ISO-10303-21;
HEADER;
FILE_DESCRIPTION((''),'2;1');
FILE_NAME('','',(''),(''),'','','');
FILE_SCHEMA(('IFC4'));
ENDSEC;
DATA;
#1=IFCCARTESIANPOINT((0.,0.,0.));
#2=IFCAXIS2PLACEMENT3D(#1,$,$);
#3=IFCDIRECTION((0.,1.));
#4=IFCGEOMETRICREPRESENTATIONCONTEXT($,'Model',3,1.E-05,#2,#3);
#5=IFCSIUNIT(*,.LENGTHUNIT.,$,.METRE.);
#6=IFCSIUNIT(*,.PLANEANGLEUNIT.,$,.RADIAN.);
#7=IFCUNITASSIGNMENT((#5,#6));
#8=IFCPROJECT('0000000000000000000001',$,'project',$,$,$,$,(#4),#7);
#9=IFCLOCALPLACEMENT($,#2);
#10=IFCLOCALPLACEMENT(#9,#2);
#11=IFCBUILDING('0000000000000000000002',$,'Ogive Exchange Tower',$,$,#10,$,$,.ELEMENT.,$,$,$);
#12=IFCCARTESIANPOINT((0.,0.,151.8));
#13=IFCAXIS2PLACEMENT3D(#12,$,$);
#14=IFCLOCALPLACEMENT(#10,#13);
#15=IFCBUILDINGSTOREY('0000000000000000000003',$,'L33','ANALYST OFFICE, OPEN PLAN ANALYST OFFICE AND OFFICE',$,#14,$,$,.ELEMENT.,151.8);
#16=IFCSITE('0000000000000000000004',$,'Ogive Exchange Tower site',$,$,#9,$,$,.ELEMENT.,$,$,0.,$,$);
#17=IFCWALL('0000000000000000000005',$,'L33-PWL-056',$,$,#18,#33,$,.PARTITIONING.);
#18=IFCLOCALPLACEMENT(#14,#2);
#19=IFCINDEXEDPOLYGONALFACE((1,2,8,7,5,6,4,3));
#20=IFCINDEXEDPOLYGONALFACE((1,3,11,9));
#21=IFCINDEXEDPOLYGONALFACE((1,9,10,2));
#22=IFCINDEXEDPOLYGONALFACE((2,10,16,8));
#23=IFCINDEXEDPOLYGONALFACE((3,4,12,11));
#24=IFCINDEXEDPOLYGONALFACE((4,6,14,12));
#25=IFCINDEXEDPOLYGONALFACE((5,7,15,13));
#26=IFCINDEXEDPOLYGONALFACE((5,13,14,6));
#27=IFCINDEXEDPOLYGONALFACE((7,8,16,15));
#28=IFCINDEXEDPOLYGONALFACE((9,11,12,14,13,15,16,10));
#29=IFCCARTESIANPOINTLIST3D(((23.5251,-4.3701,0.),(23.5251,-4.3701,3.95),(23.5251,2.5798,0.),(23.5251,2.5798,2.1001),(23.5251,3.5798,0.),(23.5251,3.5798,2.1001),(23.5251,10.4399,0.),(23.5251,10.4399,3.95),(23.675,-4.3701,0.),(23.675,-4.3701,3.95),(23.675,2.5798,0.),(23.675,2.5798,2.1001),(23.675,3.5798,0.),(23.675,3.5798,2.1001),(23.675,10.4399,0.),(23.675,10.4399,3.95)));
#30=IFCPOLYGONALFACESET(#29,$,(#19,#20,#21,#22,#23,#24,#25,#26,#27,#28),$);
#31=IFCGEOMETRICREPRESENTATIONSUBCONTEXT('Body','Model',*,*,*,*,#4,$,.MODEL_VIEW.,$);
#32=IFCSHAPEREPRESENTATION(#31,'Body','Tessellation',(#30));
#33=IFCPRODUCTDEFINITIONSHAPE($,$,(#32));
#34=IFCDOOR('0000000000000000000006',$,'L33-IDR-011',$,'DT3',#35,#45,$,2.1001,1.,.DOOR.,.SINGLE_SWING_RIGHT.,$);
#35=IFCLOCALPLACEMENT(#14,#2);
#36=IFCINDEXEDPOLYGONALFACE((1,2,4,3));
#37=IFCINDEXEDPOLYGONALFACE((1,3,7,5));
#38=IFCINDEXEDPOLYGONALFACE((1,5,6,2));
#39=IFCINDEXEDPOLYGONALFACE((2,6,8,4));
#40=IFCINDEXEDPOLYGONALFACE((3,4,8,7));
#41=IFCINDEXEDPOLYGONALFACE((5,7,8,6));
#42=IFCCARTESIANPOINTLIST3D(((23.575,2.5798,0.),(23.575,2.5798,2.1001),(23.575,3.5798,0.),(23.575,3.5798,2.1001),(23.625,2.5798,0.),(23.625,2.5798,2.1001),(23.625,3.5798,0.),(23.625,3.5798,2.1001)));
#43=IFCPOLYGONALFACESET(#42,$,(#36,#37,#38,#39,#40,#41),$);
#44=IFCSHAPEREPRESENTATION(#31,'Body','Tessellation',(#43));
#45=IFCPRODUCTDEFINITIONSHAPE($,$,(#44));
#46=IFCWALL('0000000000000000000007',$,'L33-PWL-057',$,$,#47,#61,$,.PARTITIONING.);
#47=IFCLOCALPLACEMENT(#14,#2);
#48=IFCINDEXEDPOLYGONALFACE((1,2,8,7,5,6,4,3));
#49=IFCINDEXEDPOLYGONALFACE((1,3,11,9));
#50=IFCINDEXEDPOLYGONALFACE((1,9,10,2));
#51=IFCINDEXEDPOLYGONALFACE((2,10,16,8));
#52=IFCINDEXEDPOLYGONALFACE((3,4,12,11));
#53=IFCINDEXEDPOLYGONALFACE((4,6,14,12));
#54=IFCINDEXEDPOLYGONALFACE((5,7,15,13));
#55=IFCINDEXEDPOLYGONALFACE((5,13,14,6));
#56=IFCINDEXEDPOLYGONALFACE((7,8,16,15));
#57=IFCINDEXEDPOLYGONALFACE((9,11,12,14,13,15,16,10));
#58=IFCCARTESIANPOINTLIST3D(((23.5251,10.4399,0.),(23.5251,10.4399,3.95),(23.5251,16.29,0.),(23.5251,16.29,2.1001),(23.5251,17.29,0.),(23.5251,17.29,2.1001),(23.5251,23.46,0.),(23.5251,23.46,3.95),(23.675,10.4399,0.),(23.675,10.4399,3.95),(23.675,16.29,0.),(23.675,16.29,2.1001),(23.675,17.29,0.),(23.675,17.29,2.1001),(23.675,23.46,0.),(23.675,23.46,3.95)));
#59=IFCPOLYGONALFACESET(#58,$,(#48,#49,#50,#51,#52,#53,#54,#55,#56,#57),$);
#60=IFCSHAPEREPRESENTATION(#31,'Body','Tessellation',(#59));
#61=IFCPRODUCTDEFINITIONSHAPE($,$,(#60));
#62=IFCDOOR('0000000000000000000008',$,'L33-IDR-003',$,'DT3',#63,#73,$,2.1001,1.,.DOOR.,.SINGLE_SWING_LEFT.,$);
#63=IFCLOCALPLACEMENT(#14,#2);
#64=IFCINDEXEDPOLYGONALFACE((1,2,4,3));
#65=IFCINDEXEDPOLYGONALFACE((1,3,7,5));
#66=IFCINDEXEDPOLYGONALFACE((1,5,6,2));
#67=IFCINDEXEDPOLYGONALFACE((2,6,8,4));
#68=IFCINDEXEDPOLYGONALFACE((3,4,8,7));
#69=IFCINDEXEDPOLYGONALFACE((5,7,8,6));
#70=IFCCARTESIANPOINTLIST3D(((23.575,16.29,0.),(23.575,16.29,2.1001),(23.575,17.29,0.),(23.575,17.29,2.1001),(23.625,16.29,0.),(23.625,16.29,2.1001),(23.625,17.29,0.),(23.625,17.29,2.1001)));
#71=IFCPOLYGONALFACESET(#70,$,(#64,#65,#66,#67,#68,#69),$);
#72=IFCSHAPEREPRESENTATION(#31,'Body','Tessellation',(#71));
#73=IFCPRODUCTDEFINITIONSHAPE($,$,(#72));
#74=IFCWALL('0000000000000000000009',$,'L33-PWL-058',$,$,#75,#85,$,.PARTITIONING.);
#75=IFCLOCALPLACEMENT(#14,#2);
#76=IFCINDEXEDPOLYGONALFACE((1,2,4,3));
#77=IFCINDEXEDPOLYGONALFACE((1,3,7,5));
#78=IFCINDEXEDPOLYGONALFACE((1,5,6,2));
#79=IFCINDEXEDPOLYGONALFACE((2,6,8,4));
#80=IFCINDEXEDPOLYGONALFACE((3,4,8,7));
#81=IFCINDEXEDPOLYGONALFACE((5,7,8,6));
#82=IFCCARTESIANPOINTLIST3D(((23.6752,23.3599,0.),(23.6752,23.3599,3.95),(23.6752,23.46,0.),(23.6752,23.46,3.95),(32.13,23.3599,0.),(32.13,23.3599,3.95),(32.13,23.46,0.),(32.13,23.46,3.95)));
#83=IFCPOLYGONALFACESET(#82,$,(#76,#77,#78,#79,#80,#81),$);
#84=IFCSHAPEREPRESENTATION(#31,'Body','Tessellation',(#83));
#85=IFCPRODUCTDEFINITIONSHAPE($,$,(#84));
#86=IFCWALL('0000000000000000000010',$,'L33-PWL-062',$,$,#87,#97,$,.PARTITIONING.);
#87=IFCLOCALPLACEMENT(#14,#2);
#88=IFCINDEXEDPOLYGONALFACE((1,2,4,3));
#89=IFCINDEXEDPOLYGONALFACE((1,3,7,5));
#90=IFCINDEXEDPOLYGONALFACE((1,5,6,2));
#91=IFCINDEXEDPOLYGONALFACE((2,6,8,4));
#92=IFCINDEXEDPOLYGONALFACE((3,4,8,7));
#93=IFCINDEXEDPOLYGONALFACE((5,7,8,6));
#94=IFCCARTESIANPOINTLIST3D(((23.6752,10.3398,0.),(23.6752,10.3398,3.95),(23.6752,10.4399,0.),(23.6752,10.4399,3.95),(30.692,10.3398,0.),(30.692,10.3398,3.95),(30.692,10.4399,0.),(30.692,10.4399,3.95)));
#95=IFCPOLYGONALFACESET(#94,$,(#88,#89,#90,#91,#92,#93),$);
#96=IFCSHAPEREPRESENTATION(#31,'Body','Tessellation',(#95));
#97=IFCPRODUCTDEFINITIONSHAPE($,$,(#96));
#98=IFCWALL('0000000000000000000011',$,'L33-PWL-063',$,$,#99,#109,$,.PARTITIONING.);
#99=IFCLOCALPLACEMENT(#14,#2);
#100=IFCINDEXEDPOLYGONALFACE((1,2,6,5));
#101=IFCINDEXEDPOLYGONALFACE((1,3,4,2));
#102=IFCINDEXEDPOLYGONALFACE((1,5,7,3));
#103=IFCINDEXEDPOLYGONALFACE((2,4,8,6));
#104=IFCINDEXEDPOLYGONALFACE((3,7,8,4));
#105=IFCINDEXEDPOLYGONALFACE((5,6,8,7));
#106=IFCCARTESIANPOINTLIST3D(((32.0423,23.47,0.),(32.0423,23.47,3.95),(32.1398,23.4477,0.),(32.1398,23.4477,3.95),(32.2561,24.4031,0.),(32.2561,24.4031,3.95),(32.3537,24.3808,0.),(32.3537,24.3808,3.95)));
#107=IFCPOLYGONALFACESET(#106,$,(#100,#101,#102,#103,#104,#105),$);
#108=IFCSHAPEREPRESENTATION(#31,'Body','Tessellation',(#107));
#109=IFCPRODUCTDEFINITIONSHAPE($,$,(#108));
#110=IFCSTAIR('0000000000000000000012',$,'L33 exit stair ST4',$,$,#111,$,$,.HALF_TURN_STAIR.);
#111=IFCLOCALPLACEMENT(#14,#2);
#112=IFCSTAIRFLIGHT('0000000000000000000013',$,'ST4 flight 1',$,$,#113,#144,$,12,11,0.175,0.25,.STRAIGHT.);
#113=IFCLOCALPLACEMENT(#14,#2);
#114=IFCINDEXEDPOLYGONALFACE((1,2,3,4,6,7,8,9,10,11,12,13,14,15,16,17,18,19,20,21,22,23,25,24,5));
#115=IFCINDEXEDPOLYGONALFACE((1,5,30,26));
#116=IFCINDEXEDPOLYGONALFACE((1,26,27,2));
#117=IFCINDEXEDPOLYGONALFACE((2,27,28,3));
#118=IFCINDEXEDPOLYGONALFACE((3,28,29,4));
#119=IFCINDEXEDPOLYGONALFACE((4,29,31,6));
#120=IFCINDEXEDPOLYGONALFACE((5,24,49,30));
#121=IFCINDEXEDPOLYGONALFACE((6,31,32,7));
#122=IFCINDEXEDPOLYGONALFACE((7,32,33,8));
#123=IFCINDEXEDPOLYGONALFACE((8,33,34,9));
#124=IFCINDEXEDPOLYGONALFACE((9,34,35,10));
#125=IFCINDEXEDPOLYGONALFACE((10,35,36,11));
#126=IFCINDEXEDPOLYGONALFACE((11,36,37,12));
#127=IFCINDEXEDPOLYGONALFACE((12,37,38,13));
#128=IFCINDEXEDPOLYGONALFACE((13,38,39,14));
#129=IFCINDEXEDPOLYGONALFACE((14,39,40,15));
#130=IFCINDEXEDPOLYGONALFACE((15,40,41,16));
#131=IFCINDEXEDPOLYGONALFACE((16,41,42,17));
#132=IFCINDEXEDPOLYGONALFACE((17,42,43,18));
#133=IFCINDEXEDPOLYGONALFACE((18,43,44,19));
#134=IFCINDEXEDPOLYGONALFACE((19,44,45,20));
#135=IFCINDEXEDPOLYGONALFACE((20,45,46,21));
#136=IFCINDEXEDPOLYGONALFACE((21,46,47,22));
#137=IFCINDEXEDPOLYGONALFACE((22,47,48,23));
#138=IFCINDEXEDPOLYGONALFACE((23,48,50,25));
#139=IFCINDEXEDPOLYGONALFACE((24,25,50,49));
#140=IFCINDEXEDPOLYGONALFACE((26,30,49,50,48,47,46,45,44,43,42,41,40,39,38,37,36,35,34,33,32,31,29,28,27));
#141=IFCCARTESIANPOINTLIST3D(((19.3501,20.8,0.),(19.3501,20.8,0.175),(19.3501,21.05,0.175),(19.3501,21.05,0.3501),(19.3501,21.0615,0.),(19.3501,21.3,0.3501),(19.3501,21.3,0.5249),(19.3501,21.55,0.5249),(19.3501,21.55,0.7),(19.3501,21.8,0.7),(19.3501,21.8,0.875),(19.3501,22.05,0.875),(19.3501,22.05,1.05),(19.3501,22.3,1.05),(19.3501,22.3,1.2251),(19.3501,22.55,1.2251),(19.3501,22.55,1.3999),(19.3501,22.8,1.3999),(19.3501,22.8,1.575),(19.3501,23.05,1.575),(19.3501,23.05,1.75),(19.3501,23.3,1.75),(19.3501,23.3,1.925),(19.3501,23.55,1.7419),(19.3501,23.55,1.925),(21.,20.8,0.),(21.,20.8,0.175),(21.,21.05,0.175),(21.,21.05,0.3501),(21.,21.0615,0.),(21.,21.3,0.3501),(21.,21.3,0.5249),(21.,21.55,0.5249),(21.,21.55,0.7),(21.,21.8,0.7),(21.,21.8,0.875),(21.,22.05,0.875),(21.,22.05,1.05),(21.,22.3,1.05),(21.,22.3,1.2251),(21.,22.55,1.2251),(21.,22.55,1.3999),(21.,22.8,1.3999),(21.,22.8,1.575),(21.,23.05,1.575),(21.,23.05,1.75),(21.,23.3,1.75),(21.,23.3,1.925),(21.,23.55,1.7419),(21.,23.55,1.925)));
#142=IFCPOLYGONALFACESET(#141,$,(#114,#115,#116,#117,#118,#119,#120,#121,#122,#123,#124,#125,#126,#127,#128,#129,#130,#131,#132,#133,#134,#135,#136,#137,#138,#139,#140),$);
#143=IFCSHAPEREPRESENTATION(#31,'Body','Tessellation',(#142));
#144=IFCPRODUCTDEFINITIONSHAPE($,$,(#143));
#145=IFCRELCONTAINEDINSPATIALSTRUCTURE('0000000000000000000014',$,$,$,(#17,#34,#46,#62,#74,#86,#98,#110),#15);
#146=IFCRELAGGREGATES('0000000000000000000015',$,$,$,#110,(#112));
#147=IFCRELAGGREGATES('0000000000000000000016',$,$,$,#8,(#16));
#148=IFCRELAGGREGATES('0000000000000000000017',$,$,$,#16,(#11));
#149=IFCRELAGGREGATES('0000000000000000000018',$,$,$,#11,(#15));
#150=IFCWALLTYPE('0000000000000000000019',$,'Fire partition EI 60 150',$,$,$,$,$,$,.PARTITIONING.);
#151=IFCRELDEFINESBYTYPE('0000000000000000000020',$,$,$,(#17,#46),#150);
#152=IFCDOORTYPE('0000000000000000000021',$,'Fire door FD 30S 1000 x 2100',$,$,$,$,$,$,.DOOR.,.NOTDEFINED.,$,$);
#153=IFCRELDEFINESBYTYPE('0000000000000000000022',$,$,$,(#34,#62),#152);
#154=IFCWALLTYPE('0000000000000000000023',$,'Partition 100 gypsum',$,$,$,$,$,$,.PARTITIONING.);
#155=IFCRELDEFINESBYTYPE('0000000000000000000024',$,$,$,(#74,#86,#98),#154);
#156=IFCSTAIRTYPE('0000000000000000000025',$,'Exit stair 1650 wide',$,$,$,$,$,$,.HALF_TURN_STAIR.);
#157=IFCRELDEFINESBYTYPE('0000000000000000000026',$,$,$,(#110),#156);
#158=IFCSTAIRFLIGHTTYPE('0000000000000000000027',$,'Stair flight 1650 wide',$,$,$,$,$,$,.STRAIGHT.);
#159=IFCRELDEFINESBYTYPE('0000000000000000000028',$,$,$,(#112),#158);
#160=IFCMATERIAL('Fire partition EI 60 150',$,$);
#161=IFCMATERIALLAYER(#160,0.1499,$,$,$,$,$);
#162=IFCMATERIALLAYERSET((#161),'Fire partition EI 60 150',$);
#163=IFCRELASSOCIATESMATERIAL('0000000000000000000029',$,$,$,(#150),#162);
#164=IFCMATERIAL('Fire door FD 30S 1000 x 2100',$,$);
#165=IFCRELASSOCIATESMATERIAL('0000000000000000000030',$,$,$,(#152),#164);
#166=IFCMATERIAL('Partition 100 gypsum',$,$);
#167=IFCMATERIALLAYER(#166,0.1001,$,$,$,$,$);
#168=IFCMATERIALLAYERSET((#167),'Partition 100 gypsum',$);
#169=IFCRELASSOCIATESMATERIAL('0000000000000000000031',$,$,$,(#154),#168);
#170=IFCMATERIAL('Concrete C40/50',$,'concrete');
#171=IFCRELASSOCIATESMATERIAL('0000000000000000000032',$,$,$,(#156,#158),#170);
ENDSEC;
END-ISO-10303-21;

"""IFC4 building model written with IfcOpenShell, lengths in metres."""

from ifc_helpers import new_model, si_unit, direction, frame, frame_2d, origin, place, context, subcontext, project, spatial, polyline, rectangle, outline, extrude, material, layer, layer_set, type_object, element, fill, aggregate, save


model = new_model("IFC4")

# Units and contexts
model_context = context("Model", 3, precision=1e-05, world=origin(), true_north=direction((0.0, 1.0)))
body_context = subcontext(model_context, "Body", "Model", "MODEL_VIEW")
ifc_project = project(units=[si_unit("LENGTHUNIT", "METRE"), si_unit("PLANEANGLEUNIT", "RADIAN")], contexts=[model_context])

# Site, building, storey
site_placement = place(None, origin())
site = spatial("IfcSite", under=ifc_project, at=site_placement, Name="Ogive Exchange Tower site", CompositionType="ELEMENT", RefElevation=0.0)
building_placement = place(site_placement, origin())
building = spatial("IfcBuilding", under=site, at=building_placement, Name="Ogive Exchange Tower", CompositionType="ELEMENT")
storey_placement = place(building_placement, frame((0.0, 0.0, 151.8)))
storey = spatial("IfcBuildingStorey", under=building, at=storey_placement, Name="L33", Description="ANALYST OFFICE, OPEN PLAN ANALYST OFFICE AND OFFICE", CompositionType="ELEMENT", Elevation=151.8)

# Walls, openings, doors
ifc_material_1 = material(Name="Fire partition EI 60 150")
ifc_layer_1 = layer(ifc_material_1, 0.1499)
ifc_layer_set_1 = layer_set([ifc_layer_1], Name="Fire partition EI 60 150")
wall_type_1 = type_object("IfcWallType", Name="Fire partition EI 60 150", PredefinedType="PARTITIONING", material=ifc_layer_set_1)
wall_1_placement = place(storey_placement, frame((23.6001, 10.4399, 0.0), z_axis=(0.0, 0.0, 1.0), x_axis=(0.0, -1.0, 0.0)))
wall_1 = element("IfcWall", 1, at=wall_1_placement, inside=storey, type_object=wall_type_1, Name="L33-PWL-056", PredefinedType="PARTITIONING", context=body_context, shape_type="SweptSolid", body=[
    extrude(rectangle(XDim=14.8101, YDim=0.1499, at=frame_2d((7.405, 0.0))), origin(), (0.0, 0.0, 1.0), 3.95),
])
opening_1_placement = place(wall_1_placement, frame((6.8601, 0.0, 0.0)))
opening_1 = element("IfcOpeningElement", 2, at=opening_1_placement, cuts=wall_1, PredefinedType="OPENING", context=body_context, shape_type="SweptSolid", body=[
    extrude(rectangle(XDim=1.0, YDim=2.1001, at=frame_2d((0.5, 1.05))), frame((0.0, 0.085, 0.0), z_axis=(0.0, -1.0, 0.0), x_axis=(1.0, 0.0, 0.0)), (0.0, 0.0, 1.0), 0.1699),
])
ifc_material_2 = material(Name="Fire door FD 30S 1000 x 2100")
door_type = type_object("IfcDoorType", Name="Fire door FD 30S 1000 x 2100", OperationType="NOTDEFINED", PredefinedType="DOOR", material=ifc_material_2)
door_1_placement = place(opening_1_placement, origin())
door_1 = element("IfcDoor", 3, at=door_1_placement, inside=storey, type_object=door_type, Name="L33-IDR-011", ObjectType="DT3", OperationType="SINGLE_SWING_RIGHT", OverallHeight=2.1001, OverallWidth=1.0, PredefinedType="DOOR", context=body_context, shape_type="SweptSolid", body=[
    extrude(rectangle(XDim=1.0, YDim=2.1001, at=frame_2d((0.5, 1.05))), frame((0.0, 0.0249, 0.0), z_axis=(0.0, -1.0, 0.0), x_axis=(1.0, 0.0, 0.0)), (0.0, 0.0, 1.0), 0.05),
])
fill(opening_1, door_1)
wall_2_placement = place(storey_placement, frame((23.6001, 23.46, 0.0), z_axis=(0.0, 0.0, 1.0), x_axis=(0.0, -1.0, 0.0)))
wall_2 = element("IfcWall", 4, at=wall_2_placement, inside=storey, type_object=wall_type_1, Name="L33-PWL-057", PredefinedType="PARTITIONING", context=body_context, shape_type="SweptSolid", body=[
    extrude(rectangle(XDim=13.02, YDim=0.1499, at=frame_2d((6.51, 0.0))), origin(), (0.0, 0.0, 1.0), 3.95),
])
opening_2_placement = place(wall_2_placement, frame((6.1699, 0.0, 0.0)))
opening_2 = element("IfcOpeningElement", 5, at=opening_2_placement, cuts=wall_2, PredefinedType="OPENING", context=body_context, shape_type="SweptSolid", body=[
    extrude(rectangle(XDim=1.0, YDim=2.1001, at=frame_2d((0.5, 1.05))), frame((0.0, 0.085, 0.0), z_axis=(0.0, -1.0, 0.0), x_axis=(1.0, 0.0, 0.0)), (0.0, 0.0, 1.0), 0.1699),
])
door_2_placement = place(opening_2_placement, origin())
door_2 = element("IfcDoor", 6, at=door_2_placement, inside=storey, type_object=door_type, Name="L33-IDR-003", ObjectType="DT3", OperationType="SINGLE_SWING_LEFT", OverallHeight=2.1001, OverallWidth=1.0, PredefinedType="DOOR", context=body_context, shape_type="SweptSolid", body=[
    extrude(rectangle(XDim=1.0, YDim=2.1001, at=frame_2d((0.5, 1.05))), frame((0.0, 0.0249, 0.0), z_axis=(0.0, -1.0, 0.0), x_axis=(1.0, 0.0, 0.0)), (0.0, 0.0, 1.0), 0.05),
])
fill(opening_2, door_2)

# Walls
ifc_material_3 = material(Name="Partition 100 gypsum")
ifc_layer_2 = layer(ifc_material_3, 0.1001)
ifc_layer_set_2 = layer_set([ifc_layer_2], Name="Partition 100 gypsum")
wall_type_2 = type_object("IfcWallType", Name="Partition 100 gypsum", PredefinedType="PARTITIONING", material=ifc_layer_set_2)
wall_3_placement = place(storey_placement, frame((23.675, 23.4099, 0.0), z_axis=(0.0, 0.0, 1.0), x_axis=(1.0, 0.0, 0.0)))
element("IfcWall", 7, at=wall_3_placement, inside=storey, type_object=wall_type_2, Name="L33-PWL-058", PredefinedType="PARTITIONING", context=body_context, shape_type="SweptSolid", body=[
    extrude(rectangle(XDim=8.4548, YDim=0.1001, at=frame_2d((4.2275, 0.0))), origin(), (0.0, 0.0, 1.0), 3.95),
])
wall_4_placement = place(storey_placement, frame((30.6919, 10.3899, 0.0), z_axis=(0.0, 0.0, 1.0), x_axis=(-1.0, 0.0, 0.0)))
element("IfcWall", 8, at=wall_4_placement, inside=storey, type_object=wall_type_2, Name="L33-PWL-062", PredefinedType="PARTITIONING", context=body_context, shape_type="SweptSolid", body=[
    extrude(rectangle(XDim=7.0168, YDim=0.1001, at=frame_2d((3.5083, 0.0))), origin(), (0.0, 0.0, 1.0), 3.95),
])
wall_5_placement = place(storey_placement, frame((32.0911, 23.459, 0.0), z_axis=(0.0, 0.0, 1.0), x_axis=(0.223406, 0.974725, 0.0)))
element("IfcWall", 9, at=wall_5_placement, inside=storey, type_object=wall_type_2, Name="L33-PWL-063", PredefinedType="PARTITIONING", context=body_context, shape_type="SweptSolid", body=[
    extrude(rectangle(XDim=0.9573, YDim=0.1001, at=frame_2d((0.4785, 0.0))), origin(), (0.0, 0.0, 1.0), 3.95),
])

# Stair, stair flight
ifc_material_4 = material(Name="Concrete C40/50", Category="concrete")
stair_type = type_object("IfcStairType", Name="Exit stair 1650 wide", PredefinedType="HALF_TURN_STAIR", material=ifc_material_4)
stair_placement = place(storey_placement, origin())
stair = element("IfcStair", 10, at=stair_placement, inside=storey, type_object=stair_type, Name="L33 exit stair ST4", PredefinedType="HALF_TURN_STAIR")
stair_flight_type = type_object("IfcStairFlightType", Name="Stair flight 1650 wide", PredefinedType="STRAIGHT", material=ifc_material_4)
stair_flight_placement = place(storey_placement, frame((20.175, 20.8, 0.0), z_axis=(0.0, 0.0, 1.0), x_axis=(0.0, 1.0, 0.0)))
stair_flight = element("IfcStairFlight", 11, at=stair_flight_placement, type_object=stair_flight_type, Name="ST4 flight 1", NumberOfRisers=12, NumberOfTreads=11, PredefinedType="STRAIGHT", RiserHeight=0.175, TreadLength=0.25, context=body_context, shape_type="SweptSolid", body=[
    extrude(outline(polyline([(0.0, 0.0), (0.0, 0.175), (0.25, 0.175), (0.25, 0.3501), (0.5, 0.3501), (0.5, 0.5249), (0.75, 0.5249), (0.75, 0.7), (1.0, 0.7), (1.0, 0.875), (1.25, 0.875), (1.25, 1.05), (1.5, 1.05), (1.5, 1.2251), (1.75, 1.2251), (1.75, 1.3999), (2.0, 1.3999), (2.0, 1.575), (2.25, 1.575), (2.25, 1.75), (2.5, 1.75), (2.5, 1.925), (2.75, 1.925), (2.75, 2.1001), (2.75, 1.7419), (0.2615, 0.0), (0.0, 0.0)])), frame((0.0, 0.825, 0.0), z_axis=(0.0, -1.0, 0.0), x_axis=(1.0, 0.0, 0.0)), (0.0, 0.0, 1.0), 1.6499),
])
aggregate(stair, [stair_flight])

save(model, "model.ifc")
